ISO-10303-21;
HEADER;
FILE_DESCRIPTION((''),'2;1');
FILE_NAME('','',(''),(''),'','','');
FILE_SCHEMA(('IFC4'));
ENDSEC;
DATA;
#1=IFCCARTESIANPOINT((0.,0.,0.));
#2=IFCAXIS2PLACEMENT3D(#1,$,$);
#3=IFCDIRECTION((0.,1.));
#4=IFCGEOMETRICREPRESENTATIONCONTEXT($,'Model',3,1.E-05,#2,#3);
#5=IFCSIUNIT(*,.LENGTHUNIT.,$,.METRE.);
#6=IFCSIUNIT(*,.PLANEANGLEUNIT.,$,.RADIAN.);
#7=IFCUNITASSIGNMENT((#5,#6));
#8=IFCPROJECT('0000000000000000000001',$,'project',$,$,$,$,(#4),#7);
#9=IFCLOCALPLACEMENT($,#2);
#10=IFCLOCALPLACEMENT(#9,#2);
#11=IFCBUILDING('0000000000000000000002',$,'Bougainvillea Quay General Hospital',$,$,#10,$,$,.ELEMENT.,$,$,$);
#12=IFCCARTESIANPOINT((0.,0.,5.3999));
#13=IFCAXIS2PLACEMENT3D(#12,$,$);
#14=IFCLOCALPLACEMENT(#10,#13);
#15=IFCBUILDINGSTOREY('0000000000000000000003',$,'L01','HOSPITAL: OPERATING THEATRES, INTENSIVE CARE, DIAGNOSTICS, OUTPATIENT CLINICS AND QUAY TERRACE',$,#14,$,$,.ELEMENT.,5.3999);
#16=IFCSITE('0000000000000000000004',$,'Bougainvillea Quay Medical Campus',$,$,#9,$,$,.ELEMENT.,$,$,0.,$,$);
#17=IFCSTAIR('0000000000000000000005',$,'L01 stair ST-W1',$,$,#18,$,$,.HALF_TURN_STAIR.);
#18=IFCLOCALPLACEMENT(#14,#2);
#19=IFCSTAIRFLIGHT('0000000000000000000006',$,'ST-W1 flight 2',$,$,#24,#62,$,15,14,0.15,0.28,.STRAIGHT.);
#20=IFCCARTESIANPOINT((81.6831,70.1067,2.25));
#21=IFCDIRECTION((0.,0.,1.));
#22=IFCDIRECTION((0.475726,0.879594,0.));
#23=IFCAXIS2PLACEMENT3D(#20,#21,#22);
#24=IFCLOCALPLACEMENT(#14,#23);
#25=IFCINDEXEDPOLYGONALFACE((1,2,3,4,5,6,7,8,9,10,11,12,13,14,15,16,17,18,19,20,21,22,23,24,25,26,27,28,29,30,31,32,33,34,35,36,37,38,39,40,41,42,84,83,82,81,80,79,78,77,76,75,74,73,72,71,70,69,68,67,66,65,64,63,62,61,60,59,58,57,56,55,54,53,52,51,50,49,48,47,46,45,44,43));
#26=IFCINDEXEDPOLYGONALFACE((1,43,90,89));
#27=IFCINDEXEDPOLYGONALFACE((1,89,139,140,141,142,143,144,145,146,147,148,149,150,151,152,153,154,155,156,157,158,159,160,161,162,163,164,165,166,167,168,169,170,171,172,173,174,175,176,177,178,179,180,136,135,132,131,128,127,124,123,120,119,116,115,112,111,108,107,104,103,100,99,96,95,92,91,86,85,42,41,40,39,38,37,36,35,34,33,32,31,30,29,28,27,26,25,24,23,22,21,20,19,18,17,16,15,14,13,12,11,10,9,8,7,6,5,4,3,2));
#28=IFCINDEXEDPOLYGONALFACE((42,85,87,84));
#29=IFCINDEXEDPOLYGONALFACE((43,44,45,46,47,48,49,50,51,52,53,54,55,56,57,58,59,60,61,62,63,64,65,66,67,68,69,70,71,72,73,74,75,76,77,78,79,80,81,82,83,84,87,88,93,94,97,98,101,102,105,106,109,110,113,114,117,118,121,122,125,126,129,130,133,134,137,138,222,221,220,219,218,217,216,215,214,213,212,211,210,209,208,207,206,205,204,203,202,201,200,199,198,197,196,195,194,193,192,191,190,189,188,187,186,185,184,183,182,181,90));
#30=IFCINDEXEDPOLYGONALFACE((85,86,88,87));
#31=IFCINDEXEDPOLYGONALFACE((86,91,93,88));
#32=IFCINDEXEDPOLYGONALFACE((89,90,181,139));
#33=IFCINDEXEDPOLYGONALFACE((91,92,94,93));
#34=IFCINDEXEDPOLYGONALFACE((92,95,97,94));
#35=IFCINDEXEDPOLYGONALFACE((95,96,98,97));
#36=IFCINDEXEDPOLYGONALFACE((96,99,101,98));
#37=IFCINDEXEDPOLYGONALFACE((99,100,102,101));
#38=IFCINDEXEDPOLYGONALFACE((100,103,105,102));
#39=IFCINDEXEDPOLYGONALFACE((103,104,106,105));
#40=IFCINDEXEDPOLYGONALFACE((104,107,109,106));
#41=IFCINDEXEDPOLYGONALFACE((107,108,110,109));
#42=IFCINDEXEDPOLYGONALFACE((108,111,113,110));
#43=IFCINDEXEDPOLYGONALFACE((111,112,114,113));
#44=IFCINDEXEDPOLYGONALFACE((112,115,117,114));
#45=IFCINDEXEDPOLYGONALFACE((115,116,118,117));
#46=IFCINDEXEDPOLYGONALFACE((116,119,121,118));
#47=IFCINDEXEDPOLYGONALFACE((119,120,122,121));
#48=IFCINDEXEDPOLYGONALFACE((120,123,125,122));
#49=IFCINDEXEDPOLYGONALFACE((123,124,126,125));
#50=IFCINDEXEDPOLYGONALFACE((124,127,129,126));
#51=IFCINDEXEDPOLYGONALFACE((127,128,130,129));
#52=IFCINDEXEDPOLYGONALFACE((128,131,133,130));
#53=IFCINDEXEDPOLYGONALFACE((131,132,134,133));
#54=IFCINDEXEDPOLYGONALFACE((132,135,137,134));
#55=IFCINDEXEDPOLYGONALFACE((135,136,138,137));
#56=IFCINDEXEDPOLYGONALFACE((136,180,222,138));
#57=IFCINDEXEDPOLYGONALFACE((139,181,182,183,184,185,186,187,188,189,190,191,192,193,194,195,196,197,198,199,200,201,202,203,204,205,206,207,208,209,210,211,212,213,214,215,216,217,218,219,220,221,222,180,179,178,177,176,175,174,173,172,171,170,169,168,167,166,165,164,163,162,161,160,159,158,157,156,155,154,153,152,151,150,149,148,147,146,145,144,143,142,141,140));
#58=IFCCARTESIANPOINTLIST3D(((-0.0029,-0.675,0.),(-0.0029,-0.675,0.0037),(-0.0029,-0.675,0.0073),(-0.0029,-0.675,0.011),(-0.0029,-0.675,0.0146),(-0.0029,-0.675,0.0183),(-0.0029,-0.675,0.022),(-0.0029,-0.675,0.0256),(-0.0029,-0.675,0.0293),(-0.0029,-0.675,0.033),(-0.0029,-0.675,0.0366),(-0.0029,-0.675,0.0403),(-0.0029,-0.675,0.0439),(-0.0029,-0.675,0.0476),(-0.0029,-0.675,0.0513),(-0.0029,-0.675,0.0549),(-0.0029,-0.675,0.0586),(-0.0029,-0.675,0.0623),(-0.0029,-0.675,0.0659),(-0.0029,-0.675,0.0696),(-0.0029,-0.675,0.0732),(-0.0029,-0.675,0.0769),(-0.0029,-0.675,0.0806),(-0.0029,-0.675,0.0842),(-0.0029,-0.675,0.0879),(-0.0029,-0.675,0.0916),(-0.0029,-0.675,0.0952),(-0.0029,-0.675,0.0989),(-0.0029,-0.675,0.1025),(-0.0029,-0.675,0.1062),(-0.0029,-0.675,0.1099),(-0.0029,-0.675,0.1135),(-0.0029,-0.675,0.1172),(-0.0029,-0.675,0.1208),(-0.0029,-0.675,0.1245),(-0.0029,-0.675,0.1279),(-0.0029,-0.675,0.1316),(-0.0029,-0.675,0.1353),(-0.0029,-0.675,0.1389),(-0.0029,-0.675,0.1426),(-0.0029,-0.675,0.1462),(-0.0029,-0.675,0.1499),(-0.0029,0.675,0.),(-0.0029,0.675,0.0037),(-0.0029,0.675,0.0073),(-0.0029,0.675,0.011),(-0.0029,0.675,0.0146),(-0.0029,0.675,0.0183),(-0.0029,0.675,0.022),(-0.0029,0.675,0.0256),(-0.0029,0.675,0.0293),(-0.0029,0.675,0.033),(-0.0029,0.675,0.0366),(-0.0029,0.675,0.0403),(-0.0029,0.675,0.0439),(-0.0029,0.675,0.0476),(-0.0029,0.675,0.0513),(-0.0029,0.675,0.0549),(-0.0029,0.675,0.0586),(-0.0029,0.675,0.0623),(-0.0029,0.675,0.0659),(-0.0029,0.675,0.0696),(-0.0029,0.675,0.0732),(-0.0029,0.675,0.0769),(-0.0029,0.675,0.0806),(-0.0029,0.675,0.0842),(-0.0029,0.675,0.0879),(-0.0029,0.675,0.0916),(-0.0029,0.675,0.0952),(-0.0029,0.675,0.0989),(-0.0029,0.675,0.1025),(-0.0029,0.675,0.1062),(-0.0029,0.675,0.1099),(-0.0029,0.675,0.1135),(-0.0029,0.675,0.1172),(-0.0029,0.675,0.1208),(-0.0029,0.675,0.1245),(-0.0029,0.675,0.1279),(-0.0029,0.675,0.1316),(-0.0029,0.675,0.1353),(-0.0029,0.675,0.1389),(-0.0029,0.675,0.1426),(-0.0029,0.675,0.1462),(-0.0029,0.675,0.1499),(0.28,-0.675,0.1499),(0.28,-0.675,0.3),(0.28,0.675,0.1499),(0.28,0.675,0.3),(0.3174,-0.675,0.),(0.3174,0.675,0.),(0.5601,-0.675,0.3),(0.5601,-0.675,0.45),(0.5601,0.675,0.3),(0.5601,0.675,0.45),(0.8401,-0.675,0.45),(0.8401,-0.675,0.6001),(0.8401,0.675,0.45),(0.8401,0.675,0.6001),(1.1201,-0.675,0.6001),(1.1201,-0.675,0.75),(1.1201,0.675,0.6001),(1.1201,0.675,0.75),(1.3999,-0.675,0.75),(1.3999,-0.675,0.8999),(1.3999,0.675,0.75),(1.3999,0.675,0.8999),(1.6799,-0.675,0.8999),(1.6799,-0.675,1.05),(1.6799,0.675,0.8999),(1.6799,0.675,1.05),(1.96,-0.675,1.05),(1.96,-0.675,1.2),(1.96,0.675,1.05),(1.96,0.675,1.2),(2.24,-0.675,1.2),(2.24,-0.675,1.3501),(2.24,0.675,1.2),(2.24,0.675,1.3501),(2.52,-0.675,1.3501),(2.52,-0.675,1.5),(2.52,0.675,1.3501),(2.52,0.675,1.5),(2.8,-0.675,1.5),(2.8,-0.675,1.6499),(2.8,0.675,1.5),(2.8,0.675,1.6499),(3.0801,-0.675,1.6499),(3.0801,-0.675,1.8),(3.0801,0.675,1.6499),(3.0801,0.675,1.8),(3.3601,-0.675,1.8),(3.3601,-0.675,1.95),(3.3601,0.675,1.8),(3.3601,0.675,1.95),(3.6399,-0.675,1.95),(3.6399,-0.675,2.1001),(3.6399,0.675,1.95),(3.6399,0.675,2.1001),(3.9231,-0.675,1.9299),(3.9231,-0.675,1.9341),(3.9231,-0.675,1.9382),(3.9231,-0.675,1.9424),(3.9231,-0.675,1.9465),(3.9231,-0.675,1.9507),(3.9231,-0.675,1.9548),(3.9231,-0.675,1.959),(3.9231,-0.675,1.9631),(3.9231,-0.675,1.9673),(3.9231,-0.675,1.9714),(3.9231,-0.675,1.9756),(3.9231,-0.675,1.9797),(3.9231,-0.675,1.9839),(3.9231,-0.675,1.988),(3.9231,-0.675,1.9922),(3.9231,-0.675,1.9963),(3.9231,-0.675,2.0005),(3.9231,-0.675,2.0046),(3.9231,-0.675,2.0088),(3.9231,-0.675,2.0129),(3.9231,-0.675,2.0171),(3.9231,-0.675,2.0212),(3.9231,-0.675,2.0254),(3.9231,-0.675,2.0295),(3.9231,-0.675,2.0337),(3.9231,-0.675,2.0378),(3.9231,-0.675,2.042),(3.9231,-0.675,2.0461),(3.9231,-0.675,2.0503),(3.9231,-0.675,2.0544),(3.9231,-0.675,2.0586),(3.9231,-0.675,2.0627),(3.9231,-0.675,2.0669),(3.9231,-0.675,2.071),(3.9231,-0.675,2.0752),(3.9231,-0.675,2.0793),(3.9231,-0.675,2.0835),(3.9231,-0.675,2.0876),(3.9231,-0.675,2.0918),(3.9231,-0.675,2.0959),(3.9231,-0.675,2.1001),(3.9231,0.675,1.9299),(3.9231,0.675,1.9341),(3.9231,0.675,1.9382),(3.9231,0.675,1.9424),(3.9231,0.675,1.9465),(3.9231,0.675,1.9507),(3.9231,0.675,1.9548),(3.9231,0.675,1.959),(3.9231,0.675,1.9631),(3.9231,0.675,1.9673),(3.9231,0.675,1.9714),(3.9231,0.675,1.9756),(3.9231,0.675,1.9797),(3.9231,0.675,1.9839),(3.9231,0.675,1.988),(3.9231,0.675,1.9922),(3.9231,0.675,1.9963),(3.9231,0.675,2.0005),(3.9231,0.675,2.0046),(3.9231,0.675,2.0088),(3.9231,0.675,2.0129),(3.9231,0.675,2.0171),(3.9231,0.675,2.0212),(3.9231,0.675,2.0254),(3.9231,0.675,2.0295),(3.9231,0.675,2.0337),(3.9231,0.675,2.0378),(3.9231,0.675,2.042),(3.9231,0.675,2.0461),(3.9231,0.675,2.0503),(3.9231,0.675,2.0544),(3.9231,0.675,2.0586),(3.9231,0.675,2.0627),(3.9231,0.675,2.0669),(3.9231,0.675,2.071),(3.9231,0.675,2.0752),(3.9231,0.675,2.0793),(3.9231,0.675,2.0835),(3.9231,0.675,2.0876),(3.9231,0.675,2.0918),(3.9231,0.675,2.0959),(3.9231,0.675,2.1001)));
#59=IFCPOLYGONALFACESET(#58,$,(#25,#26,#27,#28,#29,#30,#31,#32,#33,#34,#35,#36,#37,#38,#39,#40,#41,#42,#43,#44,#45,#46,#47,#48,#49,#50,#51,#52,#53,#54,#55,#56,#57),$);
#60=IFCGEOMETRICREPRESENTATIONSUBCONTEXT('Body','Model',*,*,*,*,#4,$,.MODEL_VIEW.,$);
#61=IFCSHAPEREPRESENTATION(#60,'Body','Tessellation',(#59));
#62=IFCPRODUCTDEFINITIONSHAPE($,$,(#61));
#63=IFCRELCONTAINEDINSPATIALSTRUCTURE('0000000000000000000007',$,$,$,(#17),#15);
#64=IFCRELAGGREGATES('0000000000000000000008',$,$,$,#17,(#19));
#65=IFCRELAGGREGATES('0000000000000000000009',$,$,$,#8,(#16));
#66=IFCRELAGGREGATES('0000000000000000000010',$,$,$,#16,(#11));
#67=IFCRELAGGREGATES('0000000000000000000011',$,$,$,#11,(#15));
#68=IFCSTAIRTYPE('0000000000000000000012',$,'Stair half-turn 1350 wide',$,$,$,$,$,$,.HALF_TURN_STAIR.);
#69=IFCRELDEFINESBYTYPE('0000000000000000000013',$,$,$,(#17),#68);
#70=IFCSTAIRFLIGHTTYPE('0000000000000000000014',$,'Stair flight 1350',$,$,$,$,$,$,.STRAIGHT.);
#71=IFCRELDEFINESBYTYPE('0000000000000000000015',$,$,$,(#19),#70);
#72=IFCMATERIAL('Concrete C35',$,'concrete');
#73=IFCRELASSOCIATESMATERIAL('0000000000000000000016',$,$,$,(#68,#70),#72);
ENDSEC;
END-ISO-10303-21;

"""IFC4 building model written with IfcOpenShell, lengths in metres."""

from ifc_helpers import new_model, si_unit, direction, frame, origin, place, context, subcontext, project, spatial, polyline, outline, extrude, material, type_object, element, aggregate, save


model = new_model("IFC4")

# Units and contexts
model_context = context("Model", 3, precision=1e-05, world=origin(), true_north=direction((0.0, 1.0)))
body_context = subcontext(model_context, "Body", "Model", "MODEL_VIEW")
ifc_project = project(units=[si_unit("LENGTHUNIT", "METRE"), si_unit("PLANEANGLEUNIT", "RADIAN")], contexts=[model_context])

# Site, building, storey
site_placement = place(None, origin())
site = spatial("IfcSite", under=ifc_project, at=site_placement, Name="Bougainvillea Quay Medical Campus", CompositionType="ELEMENT", RefElevation=0.0)
building_placement = place(site_placement, origin())
building = spatial("IfcBuilding", under=site, at=building_placement, Name="Bougainvillea Quay General Hospital", CompositionType="ELEMENT")
storey_placement = place(building_placement, frame((0.0, 0.0, 5.3999)))
storey = spatial("IfcBuildingStorey", under=building, at=storey_placement, Name="L01", Description="HOSPITAL: OPERATING THEATRES, INTENSIVE CARE, DIAGNOSTICS, OUTPATIENT CLINICS AND QUAY TERRACE", CompositionType="ELEMENT", Elevation=5.3999)

# Stair, stair flight
ifc_material_1 = material(Name="Concrete C35", Category="concrete")
stair_type = type_object("IfcStairType", Name="Stair half-turn 1350 wide", PredefinedType="HALF_TURN_STAIR", material=ifc_material_1)
stair_placement = place(storey_placement, origin())
stair = element("IfcStair", 1, at=stair_placement, inside=storey, type_object=stair_type, Name="L01 stair ST-W1", PredefinedType="HALF_TURN_STAIR")
stair_flight_type = type_object("IfcStairFlightType", Name="Stair flight 1350", PredefinedType="STRAIGHT", material=ifc_material_1)
stair_flight_placement = place(storey_placement, frame((81.6831, 70.1067, 2.25), z_axis=(0.0, 0.0, 1.0), x_axis=(0.475726, 0.879594, 0.0)))
stair_flight = element("IfcStairFlight", 2, at=stair_flight_placement, type_object=stair_flight_type, Name="ST-W1 flight 2", NumberOfRisers=15, NumberOfTreads=14, PredefinedType="STRAIGHT", RiserHeight=0.15, TreadLength=0.28, context=body_context, shape_type="SweptSolid", body=[
    extrude(outline(polyline([(-0.0029, 0.0), (-0.0029, 0.0037), (-0.0029, 0.0073), (-0.0029, 0.011), (-0.0029, 0.0146), (-0.0029, 0.0183), (-0.0029, 0.022), (-0.0029, 0.0256), (-0.0029, 0.0293), (-0.0029, 0.033), (-0.0029, 0.0366), (-0.0029, 0.0403), (-0.0029, 0.0439), (-0.0029, 0.0476), (-0.0029, 0.0513), (-0.0029, 0.0549), (-0.0029, 0.0586), (-0.0029, 0.0623), (-0.0029, 0.0659), (-0.0029, 0.0696), (-0.0029, 0.0732), (-0.0029, 0.0769), (-0.0029, 0.0806), (-0.0029, 0.0842), (-0.0029, 0.0879), (-0.0029, 0.0916), (-0.0029, 0.0952), (-0.0029, 0.0989), (-0.0029, 0.1025), (-0.0029, 0.1062), (-0.0029, 0.1099), (-0.0029, 0.1135), (-0.0029, 0.1172), (-0.0029, 0.1208), (-0.0029, 0.1245), (-0.0029, 0.1279), (-0.0029, 0.1316), (-0.0029, 0.1353), (-0.0029, 0.1389), (-0.0029, 0.1426), (-0.0029, 0.1462), (-0.0029, 0.1499), (0.28, 0.1499), (0.28, 0.3), (0.5601, 0.3), (0.5601, 0.45), (0.8401, 0.45), (0.8401, 0.6001), (1.1201, 0.6001), (1.1201, 0.75), (1.3999, 0.75), (1.3999, 0.8999), (1.6799, 0.8999), (1.6799, 1.05), (1.96, 1.05), (1.96, 1.2), (2.24, 1.2), (2.24, 1.3501), (2.52, 1.3501), (2.52, 1.5), (2.8, 1.5), (2.8, 1.6499), (3.0801, 1.6499), (3.0801, 1.8), (3.3601, 1.8), (3.3601, 1.95), (3.6399, 1.95), (3.6399, 2.1001), (3.9231, 2.1001), (3.9231, 2.0959), (3.9231, 2.0918), (3.9231, 2.0876), (3.9231, 2.0835), (3.9231, 2.0793), (3.9231, 2.0752), (3.9231, 2.071), (3.9231, 2.0669), (3.9231, 2.0627), (3.9231, 2.0586), (3.9231, 2.0544), (3.9231, 2.0503), (3.9231, 2.0461), (3.9231, 2.042), (3.9231, 2.0378), (3.9231, 2.0337), (3.9231, 2.0295), (3.9231, 2.0254), (3.9231, 2.0212), (3.9231, 2.0171), (3.9231, 2.0129), (3.9231, 2.0088), (3.9231, 2.0046), (3.9231, 2.0005), (3.9231, 1.9963), (3.9231, 1.9922), (3.9231, 1.988), (3.9231, 1.9839), (3.9231, 1.9797), (3.9231, 1.9756), (3.9231, 1.9714), (3.9231, 1.9673), (3.9231, 1.9631), (3.9231, 1.959), (3.9231, 1.9548), (3.9231, 1.9507), (3.9231, 1.9465), (3.9231, 1.9424), (3.9231, 1.9382), (3.9231, 1.9341), (3.9231, 1.9299), (0.3174, 0.0), (-0.0029, 0.0)])), frame((0.0, 0.675, 0.0), z_axis=(0.0, -1.0, 0.0), x_axis=(1.0, 0.0, 0.0)), (0.0, 0.0, 1.0), 1.3501),
])
aggregate(stair, [stair_flight])

save(model, "model.ifc")
